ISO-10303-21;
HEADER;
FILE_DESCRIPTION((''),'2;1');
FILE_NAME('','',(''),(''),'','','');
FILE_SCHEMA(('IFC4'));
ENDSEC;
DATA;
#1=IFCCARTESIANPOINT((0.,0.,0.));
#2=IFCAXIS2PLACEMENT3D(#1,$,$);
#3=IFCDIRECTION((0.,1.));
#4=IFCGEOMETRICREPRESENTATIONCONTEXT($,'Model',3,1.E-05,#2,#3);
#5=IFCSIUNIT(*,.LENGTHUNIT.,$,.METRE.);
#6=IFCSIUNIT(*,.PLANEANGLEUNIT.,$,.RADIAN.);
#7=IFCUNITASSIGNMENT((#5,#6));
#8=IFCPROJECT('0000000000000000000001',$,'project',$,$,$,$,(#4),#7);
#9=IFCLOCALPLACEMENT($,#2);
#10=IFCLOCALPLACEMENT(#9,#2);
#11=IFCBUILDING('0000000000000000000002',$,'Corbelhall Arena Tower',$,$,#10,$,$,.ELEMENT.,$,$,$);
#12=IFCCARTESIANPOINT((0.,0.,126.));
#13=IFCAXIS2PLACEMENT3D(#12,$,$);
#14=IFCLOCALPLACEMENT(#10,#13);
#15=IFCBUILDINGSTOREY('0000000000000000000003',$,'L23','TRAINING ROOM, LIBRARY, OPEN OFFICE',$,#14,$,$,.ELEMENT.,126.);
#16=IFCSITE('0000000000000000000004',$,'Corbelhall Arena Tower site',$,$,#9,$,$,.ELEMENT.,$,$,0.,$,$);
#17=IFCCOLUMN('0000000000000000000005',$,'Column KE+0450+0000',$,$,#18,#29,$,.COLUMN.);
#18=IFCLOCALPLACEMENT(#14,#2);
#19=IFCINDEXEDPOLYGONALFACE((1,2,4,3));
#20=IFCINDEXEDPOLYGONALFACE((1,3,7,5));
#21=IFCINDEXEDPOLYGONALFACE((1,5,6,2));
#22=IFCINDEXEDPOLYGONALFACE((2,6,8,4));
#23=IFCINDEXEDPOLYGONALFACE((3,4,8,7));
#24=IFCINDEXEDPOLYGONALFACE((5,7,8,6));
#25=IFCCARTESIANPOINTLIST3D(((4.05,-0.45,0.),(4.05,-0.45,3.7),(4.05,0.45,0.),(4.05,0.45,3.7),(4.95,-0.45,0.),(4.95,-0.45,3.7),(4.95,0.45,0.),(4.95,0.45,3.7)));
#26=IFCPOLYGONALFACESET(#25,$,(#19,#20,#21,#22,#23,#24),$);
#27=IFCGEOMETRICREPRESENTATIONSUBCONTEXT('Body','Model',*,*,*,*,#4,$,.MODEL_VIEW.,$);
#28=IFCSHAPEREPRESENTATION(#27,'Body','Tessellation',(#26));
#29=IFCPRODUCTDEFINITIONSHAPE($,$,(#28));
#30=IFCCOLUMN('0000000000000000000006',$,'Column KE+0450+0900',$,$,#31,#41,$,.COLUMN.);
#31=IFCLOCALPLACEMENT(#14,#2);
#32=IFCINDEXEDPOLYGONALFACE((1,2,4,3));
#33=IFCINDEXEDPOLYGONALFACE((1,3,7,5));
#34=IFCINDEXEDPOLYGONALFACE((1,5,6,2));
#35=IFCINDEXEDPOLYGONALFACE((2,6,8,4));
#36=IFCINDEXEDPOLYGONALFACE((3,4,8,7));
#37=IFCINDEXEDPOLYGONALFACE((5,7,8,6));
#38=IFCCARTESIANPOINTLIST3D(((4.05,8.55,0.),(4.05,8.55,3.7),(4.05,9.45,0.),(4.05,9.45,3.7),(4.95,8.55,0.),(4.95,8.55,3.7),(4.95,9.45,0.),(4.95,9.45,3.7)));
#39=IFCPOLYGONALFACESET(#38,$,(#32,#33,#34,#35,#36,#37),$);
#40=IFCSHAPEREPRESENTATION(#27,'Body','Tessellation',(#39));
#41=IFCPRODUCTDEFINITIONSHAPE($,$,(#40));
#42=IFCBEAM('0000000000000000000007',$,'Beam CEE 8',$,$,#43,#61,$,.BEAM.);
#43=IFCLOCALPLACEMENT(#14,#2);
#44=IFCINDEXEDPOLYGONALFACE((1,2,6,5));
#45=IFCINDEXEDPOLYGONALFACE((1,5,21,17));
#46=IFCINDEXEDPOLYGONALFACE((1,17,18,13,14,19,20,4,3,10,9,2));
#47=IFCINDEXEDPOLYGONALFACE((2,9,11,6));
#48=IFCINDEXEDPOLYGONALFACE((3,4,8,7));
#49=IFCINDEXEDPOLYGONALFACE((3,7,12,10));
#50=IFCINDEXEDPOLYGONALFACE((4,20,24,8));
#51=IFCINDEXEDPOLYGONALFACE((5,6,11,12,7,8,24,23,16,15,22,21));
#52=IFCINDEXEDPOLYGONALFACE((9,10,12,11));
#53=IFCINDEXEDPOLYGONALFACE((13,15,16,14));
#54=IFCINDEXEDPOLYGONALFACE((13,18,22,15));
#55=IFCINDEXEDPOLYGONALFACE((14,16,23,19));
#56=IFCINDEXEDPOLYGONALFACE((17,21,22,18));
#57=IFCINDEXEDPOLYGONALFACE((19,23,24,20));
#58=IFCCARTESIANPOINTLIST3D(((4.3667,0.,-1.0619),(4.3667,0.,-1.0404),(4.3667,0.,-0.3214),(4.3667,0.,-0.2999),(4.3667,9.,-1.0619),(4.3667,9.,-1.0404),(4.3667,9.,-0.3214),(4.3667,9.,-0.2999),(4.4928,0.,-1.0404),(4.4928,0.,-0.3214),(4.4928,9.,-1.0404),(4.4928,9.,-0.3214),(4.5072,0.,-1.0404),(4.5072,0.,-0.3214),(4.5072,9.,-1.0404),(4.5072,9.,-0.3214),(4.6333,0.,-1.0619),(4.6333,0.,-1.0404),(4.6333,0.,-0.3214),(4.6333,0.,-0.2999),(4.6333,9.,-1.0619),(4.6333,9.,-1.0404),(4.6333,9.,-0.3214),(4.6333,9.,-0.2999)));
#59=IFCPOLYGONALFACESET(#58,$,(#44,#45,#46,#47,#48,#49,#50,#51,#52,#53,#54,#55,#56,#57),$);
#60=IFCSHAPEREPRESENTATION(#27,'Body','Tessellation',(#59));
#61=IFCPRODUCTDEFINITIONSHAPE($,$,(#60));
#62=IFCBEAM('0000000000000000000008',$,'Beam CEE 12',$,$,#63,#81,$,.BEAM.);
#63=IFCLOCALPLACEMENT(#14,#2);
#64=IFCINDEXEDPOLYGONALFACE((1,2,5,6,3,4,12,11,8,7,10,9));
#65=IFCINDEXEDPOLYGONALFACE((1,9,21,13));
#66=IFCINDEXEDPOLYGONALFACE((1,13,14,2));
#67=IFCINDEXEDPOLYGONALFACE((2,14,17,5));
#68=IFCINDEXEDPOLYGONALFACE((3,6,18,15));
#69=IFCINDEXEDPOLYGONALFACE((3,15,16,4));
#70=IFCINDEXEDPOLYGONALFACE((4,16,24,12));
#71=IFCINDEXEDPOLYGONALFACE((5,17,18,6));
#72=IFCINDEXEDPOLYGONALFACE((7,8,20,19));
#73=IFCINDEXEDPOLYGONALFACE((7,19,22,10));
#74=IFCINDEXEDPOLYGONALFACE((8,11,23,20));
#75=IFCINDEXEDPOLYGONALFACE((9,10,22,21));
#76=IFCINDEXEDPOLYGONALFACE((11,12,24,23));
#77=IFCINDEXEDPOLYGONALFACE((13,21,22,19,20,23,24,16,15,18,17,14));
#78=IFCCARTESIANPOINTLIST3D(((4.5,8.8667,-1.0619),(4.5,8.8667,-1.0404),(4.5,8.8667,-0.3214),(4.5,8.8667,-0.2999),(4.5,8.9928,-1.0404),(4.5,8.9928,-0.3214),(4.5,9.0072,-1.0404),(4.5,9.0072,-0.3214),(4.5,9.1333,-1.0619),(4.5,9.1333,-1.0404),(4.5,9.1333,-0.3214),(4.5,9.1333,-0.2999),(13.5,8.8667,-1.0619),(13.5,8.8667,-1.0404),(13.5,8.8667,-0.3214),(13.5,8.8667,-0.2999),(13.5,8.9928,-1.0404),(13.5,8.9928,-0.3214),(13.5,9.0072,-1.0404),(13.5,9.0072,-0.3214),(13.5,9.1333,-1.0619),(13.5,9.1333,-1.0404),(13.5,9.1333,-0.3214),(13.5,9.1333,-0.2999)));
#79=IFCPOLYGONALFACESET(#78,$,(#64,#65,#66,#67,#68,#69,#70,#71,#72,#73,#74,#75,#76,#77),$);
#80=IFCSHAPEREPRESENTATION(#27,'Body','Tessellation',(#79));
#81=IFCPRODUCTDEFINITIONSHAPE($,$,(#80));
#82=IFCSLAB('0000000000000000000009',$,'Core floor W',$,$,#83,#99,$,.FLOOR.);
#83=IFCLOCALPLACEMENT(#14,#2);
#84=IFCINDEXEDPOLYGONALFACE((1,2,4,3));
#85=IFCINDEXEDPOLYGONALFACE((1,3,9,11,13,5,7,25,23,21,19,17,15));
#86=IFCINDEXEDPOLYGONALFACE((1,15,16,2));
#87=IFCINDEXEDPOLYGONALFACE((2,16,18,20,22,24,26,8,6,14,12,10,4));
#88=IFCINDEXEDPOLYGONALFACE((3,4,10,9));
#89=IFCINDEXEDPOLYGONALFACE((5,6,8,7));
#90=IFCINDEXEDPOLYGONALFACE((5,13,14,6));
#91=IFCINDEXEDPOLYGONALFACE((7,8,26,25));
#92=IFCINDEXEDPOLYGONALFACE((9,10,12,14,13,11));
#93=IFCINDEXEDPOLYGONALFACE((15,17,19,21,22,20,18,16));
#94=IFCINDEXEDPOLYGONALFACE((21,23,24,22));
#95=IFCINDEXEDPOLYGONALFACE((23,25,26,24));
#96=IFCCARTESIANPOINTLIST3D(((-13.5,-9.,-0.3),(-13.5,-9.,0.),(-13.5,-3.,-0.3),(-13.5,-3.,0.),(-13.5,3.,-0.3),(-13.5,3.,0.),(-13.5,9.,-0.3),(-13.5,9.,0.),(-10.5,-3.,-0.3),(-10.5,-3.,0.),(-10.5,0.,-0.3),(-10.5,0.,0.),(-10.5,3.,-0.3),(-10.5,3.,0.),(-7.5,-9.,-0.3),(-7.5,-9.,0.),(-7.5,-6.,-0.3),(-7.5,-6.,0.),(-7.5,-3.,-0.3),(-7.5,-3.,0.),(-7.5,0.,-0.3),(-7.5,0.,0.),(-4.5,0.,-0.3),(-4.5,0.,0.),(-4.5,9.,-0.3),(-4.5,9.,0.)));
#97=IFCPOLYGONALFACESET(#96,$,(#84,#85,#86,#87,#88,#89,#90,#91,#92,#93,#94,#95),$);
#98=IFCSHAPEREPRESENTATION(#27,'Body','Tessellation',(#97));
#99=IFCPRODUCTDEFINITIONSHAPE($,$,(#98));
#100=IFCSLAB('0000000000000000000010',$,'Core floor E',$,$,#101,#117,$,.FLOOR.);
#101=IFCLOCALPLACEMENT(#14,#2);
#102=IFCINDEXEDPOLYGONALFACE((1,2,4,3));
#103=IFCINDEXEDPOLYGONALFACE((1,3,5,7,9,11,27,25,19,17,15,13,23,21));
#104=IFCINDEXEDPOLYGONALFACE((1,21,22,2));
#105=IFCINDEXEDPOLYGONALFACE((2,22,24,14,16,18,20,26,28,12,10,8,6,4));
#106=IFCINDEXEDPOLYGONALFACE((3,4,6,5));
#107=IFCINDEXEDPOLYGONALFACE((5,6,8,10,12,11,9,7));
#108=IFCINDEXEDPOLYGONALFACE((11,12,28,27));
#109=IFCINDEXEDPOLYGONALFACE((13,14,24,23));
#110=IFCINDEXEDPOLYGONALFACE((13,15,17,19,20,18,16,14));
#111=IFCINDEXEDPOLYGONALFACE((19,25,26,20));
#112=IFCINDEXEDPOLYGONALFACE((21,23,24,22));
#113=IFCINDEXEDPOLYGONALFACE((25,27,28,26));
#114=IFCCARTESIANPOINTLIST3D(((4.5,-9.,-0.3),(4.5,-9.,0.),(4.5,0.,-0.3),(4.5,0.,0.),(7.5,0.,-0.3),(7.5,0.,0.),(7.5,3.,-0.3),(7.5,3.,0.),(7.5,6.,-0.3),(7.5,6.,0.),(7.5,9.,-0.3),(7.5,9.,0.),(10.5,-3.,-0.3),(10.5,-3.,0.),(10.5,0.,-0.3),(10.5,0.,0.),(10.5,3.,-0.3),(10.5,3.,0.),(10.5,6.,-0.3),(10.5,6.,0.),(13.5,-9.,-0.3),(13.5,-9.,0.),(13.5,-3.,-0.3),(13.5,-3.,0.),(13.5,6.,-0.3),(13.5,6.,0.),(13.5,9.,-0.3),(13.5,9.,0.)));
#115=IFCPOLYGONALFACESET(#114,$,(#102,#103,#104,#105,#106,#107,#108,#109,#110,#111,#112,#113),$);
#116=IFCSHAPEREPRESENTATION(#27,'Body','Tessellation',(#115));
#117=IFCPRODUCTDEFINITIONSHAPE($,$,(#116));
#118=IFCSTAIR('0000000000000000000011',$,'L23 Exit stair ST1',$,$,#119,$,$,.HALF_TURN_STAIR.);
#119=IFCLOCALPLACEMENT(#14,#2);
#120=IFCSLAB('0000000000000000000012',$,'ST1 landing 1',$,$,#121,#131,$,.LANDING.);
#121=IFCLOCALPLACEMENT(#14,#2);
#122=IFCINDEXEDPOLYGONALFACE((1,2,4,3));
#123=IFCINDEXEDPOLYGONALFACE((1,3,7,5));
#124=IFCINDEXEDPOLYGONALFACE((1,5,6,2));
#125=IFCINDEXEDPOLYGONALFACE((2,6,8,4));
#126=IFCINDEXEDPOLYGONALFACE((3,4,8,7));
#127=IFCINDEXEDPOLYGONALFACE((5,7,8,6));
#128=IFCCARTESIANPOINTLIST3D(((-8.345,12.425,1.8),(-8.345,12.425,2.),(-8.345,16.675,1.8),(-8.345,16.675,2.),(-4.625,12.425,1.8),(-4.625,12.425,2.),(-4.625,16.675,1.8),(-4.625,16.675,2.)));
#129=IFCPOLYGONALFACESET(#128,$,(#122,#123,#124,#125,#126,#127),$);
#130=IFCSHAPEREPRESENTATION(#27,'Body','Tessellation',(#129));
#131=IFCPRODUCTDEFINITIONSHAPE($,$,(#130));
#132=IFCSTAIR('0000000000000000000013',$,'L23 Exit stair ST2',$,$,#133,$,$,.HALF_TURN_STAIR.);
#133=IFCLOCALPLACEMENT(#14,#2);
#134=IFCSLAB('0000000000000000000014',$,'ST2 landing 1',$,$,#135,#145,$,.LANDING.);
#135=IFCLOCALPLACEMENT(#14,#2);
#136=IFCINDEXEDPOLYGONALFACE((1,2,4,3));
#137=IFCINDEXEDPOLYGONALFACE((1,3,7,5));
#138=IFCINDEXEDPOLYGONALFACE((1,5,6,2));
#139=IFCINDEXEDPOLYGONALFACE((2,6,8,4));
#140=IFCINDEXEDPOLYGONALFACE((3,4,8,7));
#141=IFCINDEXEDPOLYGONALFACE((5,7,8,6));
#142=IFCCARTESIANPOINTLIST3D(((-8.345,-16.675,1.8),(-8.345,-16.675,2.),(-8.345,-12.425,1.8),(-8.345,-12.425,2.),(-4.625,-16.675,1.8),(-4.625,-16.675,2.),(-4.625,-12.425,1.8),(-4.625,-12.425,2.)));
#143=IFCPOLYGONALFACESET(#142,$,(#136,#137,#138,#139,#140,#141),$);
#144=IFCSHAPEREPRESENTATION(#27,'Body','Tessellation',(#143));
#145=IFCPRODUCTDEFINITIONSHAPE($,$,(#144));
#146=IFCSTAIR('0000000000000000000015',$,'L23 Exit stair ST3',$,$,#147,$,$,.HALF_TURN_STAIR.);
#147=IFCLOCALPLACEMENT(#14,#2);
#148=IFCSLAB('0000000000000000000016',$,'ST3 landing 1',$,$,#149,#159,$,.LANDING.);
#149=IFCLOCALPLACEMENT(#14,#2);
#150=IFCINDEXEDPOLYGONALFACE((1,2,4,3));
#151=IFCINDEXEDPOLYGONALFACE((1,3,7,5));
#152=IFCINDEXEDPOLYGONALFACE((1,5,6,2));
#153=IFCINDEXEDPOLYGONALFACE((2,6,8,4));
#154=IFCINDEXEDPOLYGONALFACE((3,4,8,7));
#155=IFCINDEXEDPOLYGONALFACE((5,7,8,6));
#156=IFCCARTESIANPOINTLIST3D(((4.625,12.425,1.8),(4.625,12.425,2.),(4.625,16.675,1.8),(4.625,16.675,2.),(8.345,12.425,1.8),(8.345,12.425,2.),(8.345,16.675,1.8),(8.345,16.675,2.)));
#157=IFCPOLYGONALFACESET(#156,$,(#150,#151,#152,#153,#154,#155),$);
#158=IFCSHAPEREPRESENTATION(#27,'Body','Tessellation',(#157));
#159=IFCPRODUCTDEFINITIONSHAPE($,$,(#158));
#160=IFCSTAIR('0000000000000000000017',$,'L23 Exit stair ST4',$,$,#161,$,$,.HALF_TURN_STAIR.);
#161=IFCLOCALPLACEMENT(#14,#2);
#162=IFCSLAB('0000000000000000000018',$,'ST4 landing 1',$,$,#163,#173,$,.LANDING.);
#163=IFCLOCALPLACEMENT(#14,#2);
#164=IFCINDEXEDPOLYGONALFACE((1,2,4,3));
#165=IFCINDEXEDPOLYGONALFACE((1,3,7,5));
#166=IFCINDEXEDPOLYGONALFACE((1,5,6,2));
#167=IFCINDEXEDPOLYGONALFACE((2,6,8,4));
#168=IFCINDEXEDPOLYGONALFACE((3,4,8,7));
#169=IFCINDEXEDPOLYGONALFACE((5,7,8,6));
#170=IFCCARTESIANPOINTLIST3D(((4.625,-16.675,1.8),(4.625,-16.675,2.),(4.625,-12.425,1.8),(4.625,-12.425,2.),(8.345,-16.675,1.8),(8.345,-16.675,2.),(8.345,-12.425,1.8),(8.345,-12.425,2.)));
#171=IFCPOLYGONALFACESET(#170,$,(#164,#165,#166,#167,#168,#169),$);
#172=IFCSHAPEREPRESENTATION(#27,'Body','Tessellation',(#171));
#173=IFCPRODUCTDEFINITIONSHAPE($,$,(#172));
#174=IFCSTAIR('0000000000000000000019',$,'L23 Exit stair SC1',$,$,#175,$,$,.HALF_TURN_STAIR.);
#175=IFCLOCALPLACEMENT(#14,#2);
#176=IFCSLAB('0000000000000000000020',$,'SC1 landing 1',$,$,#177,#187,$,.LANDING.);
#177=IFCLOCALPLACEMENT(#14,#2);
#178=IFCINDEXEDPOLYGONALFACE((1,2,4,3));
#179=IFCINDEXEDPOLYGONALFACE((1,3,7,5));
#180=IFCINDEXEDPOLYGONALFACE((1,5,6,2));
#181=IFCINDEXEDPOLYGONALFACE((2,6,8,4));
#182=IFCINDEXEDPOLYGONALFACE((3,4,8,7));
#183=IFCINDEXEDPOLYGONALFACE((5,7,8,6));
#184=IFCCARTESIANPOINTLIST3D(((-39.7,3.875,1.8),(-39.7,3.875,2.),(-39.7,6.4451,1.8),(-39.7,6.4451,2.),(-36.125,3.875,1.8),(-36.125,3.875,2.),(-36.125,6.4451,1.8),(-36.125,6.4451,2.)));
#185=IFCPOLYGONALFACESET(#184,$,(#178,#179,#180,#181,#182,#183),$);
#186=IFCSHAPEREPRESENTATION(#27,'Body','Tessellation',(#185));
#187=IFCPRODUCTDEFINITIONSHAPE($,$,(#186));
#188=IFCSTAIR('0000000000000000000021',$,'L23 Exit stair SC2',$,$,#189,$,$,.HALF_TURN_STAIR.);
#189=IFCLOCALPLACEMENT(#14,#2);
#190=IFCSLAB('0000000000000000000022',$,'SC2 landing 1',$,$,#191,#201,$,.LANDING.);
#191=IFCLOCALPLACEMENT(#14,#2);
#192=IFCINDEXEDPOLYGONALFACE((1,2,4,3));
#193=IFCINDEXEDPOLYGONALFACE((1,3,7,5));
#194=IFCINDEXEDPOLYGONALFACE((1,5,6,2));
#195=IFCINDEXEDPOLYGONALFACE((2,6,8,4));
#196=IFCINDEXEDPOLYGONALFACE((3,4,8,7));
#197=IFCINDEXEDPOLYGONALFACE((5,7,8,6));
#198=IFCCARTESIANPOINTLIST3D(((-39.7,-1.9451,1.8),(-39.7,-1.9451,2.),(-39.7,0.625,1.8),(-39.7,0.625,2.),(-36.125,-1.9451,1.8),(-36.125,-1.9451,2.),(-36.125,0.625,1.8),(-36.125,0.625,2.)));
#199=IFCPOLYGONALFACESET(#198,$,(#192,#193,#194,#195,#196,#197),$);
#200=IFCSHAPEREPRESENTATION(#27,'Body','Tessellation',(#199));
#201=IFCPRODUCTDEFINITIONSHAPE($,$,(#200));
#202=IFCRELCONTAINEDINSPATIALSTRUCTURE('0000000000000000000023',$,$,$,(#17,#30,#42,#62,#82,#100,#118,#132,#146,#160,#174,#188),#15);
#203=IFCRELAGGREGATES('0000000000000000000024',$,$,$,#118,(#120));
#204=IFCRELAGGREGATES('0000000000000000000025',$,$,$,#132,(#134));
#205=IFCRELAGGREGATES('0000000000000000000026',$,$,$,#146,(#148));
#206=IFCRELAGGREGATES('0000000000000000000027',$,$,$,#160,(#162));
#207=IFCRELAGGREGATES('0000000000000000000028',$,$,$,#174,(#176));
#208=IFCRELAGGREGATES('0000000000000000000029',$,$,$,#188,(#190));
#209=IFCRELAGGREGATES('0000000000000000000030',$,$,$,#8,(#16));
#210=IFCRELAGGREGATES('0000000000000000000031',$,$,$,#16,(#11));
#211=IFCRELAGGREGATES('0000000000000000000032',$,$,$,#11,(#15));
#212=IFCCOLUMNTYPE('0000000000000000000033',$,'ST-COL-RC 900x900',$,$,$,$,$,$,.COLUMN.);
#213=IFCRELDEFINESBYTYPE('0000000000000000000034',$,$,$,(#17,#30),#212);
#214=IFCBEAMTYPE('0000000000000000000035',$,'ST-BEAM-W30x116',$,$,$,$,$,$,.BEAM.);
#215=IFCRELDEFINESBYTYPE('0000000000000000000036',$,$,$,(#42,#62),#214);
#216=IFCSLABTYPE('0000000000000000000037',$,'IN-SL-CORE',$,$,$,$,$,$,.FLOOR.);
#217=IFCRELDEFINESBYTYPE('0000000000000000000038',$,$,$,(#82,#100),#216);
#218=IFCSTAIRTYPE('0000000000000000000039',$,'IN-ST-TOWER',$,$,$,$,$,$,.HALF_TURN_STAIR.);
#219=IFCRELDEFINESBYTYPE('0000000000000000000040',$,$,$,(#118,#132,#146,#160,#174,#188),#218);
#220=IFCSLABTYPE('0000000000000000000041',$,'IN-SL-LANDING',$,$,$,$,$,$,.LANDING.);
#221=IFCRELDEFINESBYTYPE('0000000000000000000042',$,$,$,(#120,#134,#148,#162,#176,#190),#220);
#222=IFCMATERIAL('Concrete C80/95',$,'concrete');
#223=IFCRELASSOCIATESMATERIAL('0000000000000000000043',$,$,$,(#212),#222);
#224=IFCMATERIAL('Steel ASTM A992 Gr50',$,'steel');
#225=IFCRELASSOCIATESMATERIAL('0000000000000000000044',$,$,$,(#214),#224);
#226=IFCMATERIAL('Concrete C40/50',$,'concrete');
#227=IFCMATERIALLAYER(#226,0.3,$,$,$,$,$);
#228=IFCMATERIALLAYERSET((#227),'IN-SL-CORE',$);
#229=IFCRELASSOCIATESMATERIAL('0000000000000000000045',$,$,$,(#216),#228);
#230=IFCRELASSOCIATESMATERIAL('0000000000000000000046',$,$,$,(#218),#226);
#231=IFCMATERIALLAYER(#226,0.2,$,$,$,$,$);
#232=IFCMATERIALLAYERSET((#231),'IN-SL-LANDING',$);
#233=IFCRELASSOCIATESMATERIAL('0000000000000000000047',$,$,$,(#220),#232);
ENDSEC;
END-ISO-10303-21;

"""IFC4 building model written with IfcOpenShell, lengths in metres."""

from ifc_helpers import new_model, si_unit, direction, frame, origin, origin_2d, place, context, subcontext, project, spatial, polyline, rectangle, i_section, outline, extrude, material, layer, layer_set, material_profile, profile_set, type_object, element, aggregate, save


model = new_model("IFC4")

# Units and contexts
model_context = context("Model", 3, precision=1e-05, world=origin(), true_north=direction((0.0, 1.0)))
body_context = subcontext(model_context, "Body", "Model", "MODEL_VIEW")
ifc_project = project(units=[si_unit("LENGTHUNIT", "METRE"), si_unit("PLANEANGLEUNIT", "RADIAN")], contexts=[model_context])

# Site, building, storey
site_placement = place(None, origin())
site = spatial("IfcSite", under=ifc_project, at=site_placement, Name="Corbelhall Arena Tower site", CompositionType="ELEMENT", RefElevation=0.0)
building_placement = place(site_placement, origin())
building = spatial("IfcBuilding", under=site, at=building_placement, Name="Corbelhall Arena Tower", CompositionType="ELEMENT")
storey_placement = place(building_placement, frame((0.0, 0.0, 126.0)))
storey = spatial("IfcBuildingStorey", under=building, at=storey_placement, Name="L23", Description="TRAINING ROOM, LIBRARY, OPEN OFFICE", CompositionType="ELEMENT", Elevation=126.0)

# Columns
ifc_material_1 = material(Name="Concrete C80/95", Category="concrete")
ifc_material_profile_1 = material_profile(ifc_material_1, rectangle(XDim=0.8999, YDim=0.8999, at=origin_2d()))
ifc_profile_set_1 = profile_set([ifc_material_profile_1], Name="Concrete C80/95")
column_type = type_object("IfcColumnType", Name="ST-COL-RC 900x900", PredefinedType="COLUMN", material=ifc_profile_set_1)
for number, where, z_axis, x_axis, name in (
    (1, (4.5, 0.0, 0.0), (0.0, 0.0, 1.0), (1.0, 0.0, 0.0), "Column KE+0450+0000"),
    (2, (4.5, 9.0, 0.0), (0.0, 0.0, 1.0), (1.0, 0.0, 0.0), "Column KE+0450+0900"),
):
    element("IfcColumn", number, at=place(storey_placement, frame(where, z_axis=z_axis, x_axis=x_axis)), inside=storey, type_object=column_type, Name=name, PredefinedType="COLUMN", context=body_context, shape_type="SweptSolid", body=[
        extrude(rectangle(XDim=0.8999, YDim=0.8999, at=origin_2d()), origin(), (0.0, 0.0, 1.0), 3.7),
    ])

# Beams
ifc_material_2 = material(Name="Steel ASTM A992 Gr50", Category="steel")
ifc_material_profile_2 = material_profile(ifc_material_2, i_section(OverallWidth=0.2666, OverallDepth=0.762, WebThickness=0.0144, FlangeThickness=0.0215, at=origin_2d()))
ifc_profile_set_2 = profile_set([ifc_material_profile_2], Name="Steel ASTM A992 Gr50")
beam_type = type_object("IfcBeamType", Name="ST-BEAM-W30x116", PredefinedType="BEAM", material=ifc_profile_set_2)
for number, where, z_axis, x_axis, name in (
    (3, (4.5, 0.0, -0.6809), (0.0, 1.0, 0.0), (-1.0, 0.0, 0.0), "Beam CEE 8"),
    (4, (4.5, 9.0, -0.6809), (1.0, 0.0, 0.0), (0.0, 1.0, 0.0), "Beam CEE 12"),
):
    element("IfcBeam", number, at=place(storey_placement, frame(where, z_axis=z_axis, x_axis=x_axis)), inside=storey, type_object=beam_type, Name=name, PredefinedType="BEAM", context=body_context, shape_type="SweptSolid", body=[
        extrude(i_section(OverallWidth=0.2666, OverallDepth=0.762, WebThickness=0.0144, FlangeThickness=0.0215, at=origin_2d()), origin(), (0.0, 0.0, 1.0), 9.0),
    ])

# Slabs
ifc_material_3 = material(Name="Concrete C40/50", Category="concrete")
ifc_layer_1 = layer(ifc_material_3, 0.3)
ifc_layer_set_1 = layer_set([ifc_layer_1], Name="IN-SL-CORE")
slab_type_1 = type_object("IfcSlabType", Name="IN-SL-CORE", PredefinedType="FLOOR", material=ifc_layer_set_1)
slab_1_placement = place(storey_placement, frame((0.0, 0.0, -0.3)))
element("IfcSlab", 5, at=slab_1_placement, inside=storey, type_object=slab_type_1, Name="Core floor W", PredefinedType="FLOOR", context=body_context, shape_type="SweptSolid", body=[
    extrude(outline(polyline([(-7.5, 0.0), (-4.5, 0.0), (-4.5, 9.0), (-13.5, 9.0), (-13.5, 3.0), (-10.5, 3.0), (-10.5, 0.0), (-10.5, -3.0), (-13.5, -3.0), (-13.5, -9.0), (-7.5, -9.0), (-7.5, -6.0), (-7.5, -3.0), (-7.5, 0.0)])), origin(), (0.0, 0.0, 1.0), 0.3),
])
slab_2_placement = place(storey_placement, frame((0.0, 0.0, -0.3)))
element("IfcSlab", 6, at=slab_2_placement, inside=storey, type_object=slab_type_1, Name="Core floor E", PredefinedType="FLOOR", context=body_context, shape_type="SweptSolid", body=[
    extrude(outline(polyline([(7.5, 0.0), (4.5, 0.0), (4.5, -9.0), (13.5, -9.0), (13.5, -3.0), (10.5, -3.0), (10.5, 0.0), (10.5, 3.0), (10.5, 6.0), (13.5, 6.0), (13.5, 9.0), (7.5, 9.0), (7.5, 6.0), (7.5, 3.0), (7.5, 0.0)])), origin(), (0.0, 0.0, 1.0), 0.3),
])

# Stairs, slabs
stair_type = type_object("IfcStairType", Name="IN-ST-TOWER", PredefinedType="HALF_TURN_STAIR", material=ifc_material_3)
stair_1_placement = place(storey_placement, origin())
stair_1 = element("IfcStair", 7, at=stair_1_placement, inside=storey, type_object=stair_type, Name="L23 Exit stair ST1", PredefinedType="HALF_TURN_STAIR")
ifc_layer_2 = layer(ifc_material_3, 0.2)
ifc_layer_set_2 = layer_set([ifc_layer_2], Name="IN-SL-LANDING")
slab_type_2 = type_object("IfcSlabType", Name="IN-SL-LANDING", PredefinedType="LANDING", material=ifc_layer_set_2)
slab_3_placement = place(storey_placement, frame((0.0, 0.0, 1.8)))
slab_3 = element("IfcSlab", 8, at=slab_3_placement, type_object=slab_type_2, Name="ST1 landing 1", PredefinedType="LANDING", context=body_context, shape_type="SweptSolid", body=[
    extrude(outline(polyline([(-8.345, 12.425), (-4.625, 12.425), (-4.625, 16.675), (-8.345, 16.675), (-8.345, 12.425)])), origin(), (0.0, 0.0, 1.0), 0.2),
])
aggregate(stair_1, [slab_3])
stair_2_placement = place(storey_placement, origin())
stair_2 = element("IfcStair", 9, at=stair_2_placement, inside=storey, type_object=stair_type, Name="L23 Exit stair ST2", PredefinedType="HALF_TURN_STAIR")
slab_4_placement = place(storey_placement, frame((0.0, 0.0, 1.8)))
slab_4 = element("IfcSlab", 10, at=slab_4_placement, type_object=slab_type_2, Name="ST2 landing 1", PredefinedType="LANDING", context=body_context, shape_type="SweptSolid", body=[
    extrude(outline(polyline([(-8.345, -16.675), (-4.625, -16.675), (-4.625, -12.425), (-8.345, -12.425), (-8.345, -16.675)])), origin(), (0.0, 0.0, 1.0), 0.2),
])
aggregate(stair_2, [slab_4])
stair_3_placement = place(storey_placement, origin())
stair_3 = element("IfcStair", 11, at=stair_3_placement, inside=storey, type_object=stair_type, Name="L23 Exit stair ST3", PredefinedType="HALF_TURN_STAIR")
slab_5_placement = place(storey_placement, frame((0.0, 0.0, 1.8)))
slab_5 = element("IfcSlab", 12, at=slab_5_placement, type_object=slab_type_2, Name="ST3 landing 1", PredefinedType="LANDING", context=body_context, shape_type="SweptSolid", body=[
    extrude(outline(polyline([(8.345, 16.675), (4.625, 16.675), (4.625, 12.425), (8.345, 12.425), (8.345, 16.675)])), origin(), (0.0, 0.0, 1.0), 0.2),
])
aggregate(stair_3, [slab_5])
stair_4_placement = place(storey_placement, origin())
stair_4 = element("IfcStair", 13, at=stair_4_placement, inside=storey, type_object=stair_type, Name="L23 Exit stair ST4", PredefinedType="HALF_TURN_STAIR")
slab_6_placement = place(storey_placement, frame((0.0, 0.0, 1.8)))
slab_6 = element("IfcSlab", 14, at=slab_6_placement, type_object=slab_type_2, Name="ST4 landing 1", PredefinedType="LANDING", context=body_context, shape_type="SweptSolid", body=[
    extrude(outline(polyline([(8.345, -12.425), (4.625, -12.425), (4.625, -16.675), (8.345, -16.675), (8.345, -12.425)])), origin(), (0.0, 0.0, 1.0), 0.2),
])
aggregate(stair_4, [slab_6])
stair_5_placement = place(storey_placement, origin())
stair_5 = element("IfcStair", 15, at=stair_5_placement, inside=storey, type_object=stair_type, Name="L23 Exit stair SC1", PredefinedType="HALF_TURN_STAIR")
slab_7_placement = place(storey_placement, frame((0.0, 0.0, 1.8)))
slab_7 = element("IfcSlab", 16, at=slab_7_placement, type_object=slab_type_2, Name="SC1 landing 1", PredefinedType="LANDING", context=body_context, shape_type="SweptSolid", body=[
    extrude(outline(polyline([(-39.7, 6.4451), (-39.7, 3.875), (-36.125, 3.875), (-36.125, 6.4451), (-39.7, 6.4451)])), origin(), (0.0, 0.0, 1.0), 0.2),
])
aggregate(stair_5, [slab_7])
stair_6_placement = place(storey_placement, origin())
stair_6 = element("IfcStair", 17, at=stair_6_placement, inside=storey, type_object=stair_type, Name="L23 Exit stair SC2", PredefinedType="HALF_TURN_STAIR")
slab_8_placement = place(storey_placement, frame((0.0, 0.0, 1.8)))
slab_8 = element("IfcSlab", 18, at=slab_8_placement, type_object=slab_type_2, Name="SC2 landing 1", PredefinedType="LANDING", context=body_context, shape_type="SweptSolid", body=[
    extrude(outline(polyline([(-36.125, -1.9451), (-36.125, 0.625), (-39.7, 0.625), (-39.7, -1.9451), (-36.125, -1.9451)])), origin(), (0.0, 0.0, 1.0), 0.2),
])
aggregate(stair_6, [slab_8])

save(model, "model.ifc")
